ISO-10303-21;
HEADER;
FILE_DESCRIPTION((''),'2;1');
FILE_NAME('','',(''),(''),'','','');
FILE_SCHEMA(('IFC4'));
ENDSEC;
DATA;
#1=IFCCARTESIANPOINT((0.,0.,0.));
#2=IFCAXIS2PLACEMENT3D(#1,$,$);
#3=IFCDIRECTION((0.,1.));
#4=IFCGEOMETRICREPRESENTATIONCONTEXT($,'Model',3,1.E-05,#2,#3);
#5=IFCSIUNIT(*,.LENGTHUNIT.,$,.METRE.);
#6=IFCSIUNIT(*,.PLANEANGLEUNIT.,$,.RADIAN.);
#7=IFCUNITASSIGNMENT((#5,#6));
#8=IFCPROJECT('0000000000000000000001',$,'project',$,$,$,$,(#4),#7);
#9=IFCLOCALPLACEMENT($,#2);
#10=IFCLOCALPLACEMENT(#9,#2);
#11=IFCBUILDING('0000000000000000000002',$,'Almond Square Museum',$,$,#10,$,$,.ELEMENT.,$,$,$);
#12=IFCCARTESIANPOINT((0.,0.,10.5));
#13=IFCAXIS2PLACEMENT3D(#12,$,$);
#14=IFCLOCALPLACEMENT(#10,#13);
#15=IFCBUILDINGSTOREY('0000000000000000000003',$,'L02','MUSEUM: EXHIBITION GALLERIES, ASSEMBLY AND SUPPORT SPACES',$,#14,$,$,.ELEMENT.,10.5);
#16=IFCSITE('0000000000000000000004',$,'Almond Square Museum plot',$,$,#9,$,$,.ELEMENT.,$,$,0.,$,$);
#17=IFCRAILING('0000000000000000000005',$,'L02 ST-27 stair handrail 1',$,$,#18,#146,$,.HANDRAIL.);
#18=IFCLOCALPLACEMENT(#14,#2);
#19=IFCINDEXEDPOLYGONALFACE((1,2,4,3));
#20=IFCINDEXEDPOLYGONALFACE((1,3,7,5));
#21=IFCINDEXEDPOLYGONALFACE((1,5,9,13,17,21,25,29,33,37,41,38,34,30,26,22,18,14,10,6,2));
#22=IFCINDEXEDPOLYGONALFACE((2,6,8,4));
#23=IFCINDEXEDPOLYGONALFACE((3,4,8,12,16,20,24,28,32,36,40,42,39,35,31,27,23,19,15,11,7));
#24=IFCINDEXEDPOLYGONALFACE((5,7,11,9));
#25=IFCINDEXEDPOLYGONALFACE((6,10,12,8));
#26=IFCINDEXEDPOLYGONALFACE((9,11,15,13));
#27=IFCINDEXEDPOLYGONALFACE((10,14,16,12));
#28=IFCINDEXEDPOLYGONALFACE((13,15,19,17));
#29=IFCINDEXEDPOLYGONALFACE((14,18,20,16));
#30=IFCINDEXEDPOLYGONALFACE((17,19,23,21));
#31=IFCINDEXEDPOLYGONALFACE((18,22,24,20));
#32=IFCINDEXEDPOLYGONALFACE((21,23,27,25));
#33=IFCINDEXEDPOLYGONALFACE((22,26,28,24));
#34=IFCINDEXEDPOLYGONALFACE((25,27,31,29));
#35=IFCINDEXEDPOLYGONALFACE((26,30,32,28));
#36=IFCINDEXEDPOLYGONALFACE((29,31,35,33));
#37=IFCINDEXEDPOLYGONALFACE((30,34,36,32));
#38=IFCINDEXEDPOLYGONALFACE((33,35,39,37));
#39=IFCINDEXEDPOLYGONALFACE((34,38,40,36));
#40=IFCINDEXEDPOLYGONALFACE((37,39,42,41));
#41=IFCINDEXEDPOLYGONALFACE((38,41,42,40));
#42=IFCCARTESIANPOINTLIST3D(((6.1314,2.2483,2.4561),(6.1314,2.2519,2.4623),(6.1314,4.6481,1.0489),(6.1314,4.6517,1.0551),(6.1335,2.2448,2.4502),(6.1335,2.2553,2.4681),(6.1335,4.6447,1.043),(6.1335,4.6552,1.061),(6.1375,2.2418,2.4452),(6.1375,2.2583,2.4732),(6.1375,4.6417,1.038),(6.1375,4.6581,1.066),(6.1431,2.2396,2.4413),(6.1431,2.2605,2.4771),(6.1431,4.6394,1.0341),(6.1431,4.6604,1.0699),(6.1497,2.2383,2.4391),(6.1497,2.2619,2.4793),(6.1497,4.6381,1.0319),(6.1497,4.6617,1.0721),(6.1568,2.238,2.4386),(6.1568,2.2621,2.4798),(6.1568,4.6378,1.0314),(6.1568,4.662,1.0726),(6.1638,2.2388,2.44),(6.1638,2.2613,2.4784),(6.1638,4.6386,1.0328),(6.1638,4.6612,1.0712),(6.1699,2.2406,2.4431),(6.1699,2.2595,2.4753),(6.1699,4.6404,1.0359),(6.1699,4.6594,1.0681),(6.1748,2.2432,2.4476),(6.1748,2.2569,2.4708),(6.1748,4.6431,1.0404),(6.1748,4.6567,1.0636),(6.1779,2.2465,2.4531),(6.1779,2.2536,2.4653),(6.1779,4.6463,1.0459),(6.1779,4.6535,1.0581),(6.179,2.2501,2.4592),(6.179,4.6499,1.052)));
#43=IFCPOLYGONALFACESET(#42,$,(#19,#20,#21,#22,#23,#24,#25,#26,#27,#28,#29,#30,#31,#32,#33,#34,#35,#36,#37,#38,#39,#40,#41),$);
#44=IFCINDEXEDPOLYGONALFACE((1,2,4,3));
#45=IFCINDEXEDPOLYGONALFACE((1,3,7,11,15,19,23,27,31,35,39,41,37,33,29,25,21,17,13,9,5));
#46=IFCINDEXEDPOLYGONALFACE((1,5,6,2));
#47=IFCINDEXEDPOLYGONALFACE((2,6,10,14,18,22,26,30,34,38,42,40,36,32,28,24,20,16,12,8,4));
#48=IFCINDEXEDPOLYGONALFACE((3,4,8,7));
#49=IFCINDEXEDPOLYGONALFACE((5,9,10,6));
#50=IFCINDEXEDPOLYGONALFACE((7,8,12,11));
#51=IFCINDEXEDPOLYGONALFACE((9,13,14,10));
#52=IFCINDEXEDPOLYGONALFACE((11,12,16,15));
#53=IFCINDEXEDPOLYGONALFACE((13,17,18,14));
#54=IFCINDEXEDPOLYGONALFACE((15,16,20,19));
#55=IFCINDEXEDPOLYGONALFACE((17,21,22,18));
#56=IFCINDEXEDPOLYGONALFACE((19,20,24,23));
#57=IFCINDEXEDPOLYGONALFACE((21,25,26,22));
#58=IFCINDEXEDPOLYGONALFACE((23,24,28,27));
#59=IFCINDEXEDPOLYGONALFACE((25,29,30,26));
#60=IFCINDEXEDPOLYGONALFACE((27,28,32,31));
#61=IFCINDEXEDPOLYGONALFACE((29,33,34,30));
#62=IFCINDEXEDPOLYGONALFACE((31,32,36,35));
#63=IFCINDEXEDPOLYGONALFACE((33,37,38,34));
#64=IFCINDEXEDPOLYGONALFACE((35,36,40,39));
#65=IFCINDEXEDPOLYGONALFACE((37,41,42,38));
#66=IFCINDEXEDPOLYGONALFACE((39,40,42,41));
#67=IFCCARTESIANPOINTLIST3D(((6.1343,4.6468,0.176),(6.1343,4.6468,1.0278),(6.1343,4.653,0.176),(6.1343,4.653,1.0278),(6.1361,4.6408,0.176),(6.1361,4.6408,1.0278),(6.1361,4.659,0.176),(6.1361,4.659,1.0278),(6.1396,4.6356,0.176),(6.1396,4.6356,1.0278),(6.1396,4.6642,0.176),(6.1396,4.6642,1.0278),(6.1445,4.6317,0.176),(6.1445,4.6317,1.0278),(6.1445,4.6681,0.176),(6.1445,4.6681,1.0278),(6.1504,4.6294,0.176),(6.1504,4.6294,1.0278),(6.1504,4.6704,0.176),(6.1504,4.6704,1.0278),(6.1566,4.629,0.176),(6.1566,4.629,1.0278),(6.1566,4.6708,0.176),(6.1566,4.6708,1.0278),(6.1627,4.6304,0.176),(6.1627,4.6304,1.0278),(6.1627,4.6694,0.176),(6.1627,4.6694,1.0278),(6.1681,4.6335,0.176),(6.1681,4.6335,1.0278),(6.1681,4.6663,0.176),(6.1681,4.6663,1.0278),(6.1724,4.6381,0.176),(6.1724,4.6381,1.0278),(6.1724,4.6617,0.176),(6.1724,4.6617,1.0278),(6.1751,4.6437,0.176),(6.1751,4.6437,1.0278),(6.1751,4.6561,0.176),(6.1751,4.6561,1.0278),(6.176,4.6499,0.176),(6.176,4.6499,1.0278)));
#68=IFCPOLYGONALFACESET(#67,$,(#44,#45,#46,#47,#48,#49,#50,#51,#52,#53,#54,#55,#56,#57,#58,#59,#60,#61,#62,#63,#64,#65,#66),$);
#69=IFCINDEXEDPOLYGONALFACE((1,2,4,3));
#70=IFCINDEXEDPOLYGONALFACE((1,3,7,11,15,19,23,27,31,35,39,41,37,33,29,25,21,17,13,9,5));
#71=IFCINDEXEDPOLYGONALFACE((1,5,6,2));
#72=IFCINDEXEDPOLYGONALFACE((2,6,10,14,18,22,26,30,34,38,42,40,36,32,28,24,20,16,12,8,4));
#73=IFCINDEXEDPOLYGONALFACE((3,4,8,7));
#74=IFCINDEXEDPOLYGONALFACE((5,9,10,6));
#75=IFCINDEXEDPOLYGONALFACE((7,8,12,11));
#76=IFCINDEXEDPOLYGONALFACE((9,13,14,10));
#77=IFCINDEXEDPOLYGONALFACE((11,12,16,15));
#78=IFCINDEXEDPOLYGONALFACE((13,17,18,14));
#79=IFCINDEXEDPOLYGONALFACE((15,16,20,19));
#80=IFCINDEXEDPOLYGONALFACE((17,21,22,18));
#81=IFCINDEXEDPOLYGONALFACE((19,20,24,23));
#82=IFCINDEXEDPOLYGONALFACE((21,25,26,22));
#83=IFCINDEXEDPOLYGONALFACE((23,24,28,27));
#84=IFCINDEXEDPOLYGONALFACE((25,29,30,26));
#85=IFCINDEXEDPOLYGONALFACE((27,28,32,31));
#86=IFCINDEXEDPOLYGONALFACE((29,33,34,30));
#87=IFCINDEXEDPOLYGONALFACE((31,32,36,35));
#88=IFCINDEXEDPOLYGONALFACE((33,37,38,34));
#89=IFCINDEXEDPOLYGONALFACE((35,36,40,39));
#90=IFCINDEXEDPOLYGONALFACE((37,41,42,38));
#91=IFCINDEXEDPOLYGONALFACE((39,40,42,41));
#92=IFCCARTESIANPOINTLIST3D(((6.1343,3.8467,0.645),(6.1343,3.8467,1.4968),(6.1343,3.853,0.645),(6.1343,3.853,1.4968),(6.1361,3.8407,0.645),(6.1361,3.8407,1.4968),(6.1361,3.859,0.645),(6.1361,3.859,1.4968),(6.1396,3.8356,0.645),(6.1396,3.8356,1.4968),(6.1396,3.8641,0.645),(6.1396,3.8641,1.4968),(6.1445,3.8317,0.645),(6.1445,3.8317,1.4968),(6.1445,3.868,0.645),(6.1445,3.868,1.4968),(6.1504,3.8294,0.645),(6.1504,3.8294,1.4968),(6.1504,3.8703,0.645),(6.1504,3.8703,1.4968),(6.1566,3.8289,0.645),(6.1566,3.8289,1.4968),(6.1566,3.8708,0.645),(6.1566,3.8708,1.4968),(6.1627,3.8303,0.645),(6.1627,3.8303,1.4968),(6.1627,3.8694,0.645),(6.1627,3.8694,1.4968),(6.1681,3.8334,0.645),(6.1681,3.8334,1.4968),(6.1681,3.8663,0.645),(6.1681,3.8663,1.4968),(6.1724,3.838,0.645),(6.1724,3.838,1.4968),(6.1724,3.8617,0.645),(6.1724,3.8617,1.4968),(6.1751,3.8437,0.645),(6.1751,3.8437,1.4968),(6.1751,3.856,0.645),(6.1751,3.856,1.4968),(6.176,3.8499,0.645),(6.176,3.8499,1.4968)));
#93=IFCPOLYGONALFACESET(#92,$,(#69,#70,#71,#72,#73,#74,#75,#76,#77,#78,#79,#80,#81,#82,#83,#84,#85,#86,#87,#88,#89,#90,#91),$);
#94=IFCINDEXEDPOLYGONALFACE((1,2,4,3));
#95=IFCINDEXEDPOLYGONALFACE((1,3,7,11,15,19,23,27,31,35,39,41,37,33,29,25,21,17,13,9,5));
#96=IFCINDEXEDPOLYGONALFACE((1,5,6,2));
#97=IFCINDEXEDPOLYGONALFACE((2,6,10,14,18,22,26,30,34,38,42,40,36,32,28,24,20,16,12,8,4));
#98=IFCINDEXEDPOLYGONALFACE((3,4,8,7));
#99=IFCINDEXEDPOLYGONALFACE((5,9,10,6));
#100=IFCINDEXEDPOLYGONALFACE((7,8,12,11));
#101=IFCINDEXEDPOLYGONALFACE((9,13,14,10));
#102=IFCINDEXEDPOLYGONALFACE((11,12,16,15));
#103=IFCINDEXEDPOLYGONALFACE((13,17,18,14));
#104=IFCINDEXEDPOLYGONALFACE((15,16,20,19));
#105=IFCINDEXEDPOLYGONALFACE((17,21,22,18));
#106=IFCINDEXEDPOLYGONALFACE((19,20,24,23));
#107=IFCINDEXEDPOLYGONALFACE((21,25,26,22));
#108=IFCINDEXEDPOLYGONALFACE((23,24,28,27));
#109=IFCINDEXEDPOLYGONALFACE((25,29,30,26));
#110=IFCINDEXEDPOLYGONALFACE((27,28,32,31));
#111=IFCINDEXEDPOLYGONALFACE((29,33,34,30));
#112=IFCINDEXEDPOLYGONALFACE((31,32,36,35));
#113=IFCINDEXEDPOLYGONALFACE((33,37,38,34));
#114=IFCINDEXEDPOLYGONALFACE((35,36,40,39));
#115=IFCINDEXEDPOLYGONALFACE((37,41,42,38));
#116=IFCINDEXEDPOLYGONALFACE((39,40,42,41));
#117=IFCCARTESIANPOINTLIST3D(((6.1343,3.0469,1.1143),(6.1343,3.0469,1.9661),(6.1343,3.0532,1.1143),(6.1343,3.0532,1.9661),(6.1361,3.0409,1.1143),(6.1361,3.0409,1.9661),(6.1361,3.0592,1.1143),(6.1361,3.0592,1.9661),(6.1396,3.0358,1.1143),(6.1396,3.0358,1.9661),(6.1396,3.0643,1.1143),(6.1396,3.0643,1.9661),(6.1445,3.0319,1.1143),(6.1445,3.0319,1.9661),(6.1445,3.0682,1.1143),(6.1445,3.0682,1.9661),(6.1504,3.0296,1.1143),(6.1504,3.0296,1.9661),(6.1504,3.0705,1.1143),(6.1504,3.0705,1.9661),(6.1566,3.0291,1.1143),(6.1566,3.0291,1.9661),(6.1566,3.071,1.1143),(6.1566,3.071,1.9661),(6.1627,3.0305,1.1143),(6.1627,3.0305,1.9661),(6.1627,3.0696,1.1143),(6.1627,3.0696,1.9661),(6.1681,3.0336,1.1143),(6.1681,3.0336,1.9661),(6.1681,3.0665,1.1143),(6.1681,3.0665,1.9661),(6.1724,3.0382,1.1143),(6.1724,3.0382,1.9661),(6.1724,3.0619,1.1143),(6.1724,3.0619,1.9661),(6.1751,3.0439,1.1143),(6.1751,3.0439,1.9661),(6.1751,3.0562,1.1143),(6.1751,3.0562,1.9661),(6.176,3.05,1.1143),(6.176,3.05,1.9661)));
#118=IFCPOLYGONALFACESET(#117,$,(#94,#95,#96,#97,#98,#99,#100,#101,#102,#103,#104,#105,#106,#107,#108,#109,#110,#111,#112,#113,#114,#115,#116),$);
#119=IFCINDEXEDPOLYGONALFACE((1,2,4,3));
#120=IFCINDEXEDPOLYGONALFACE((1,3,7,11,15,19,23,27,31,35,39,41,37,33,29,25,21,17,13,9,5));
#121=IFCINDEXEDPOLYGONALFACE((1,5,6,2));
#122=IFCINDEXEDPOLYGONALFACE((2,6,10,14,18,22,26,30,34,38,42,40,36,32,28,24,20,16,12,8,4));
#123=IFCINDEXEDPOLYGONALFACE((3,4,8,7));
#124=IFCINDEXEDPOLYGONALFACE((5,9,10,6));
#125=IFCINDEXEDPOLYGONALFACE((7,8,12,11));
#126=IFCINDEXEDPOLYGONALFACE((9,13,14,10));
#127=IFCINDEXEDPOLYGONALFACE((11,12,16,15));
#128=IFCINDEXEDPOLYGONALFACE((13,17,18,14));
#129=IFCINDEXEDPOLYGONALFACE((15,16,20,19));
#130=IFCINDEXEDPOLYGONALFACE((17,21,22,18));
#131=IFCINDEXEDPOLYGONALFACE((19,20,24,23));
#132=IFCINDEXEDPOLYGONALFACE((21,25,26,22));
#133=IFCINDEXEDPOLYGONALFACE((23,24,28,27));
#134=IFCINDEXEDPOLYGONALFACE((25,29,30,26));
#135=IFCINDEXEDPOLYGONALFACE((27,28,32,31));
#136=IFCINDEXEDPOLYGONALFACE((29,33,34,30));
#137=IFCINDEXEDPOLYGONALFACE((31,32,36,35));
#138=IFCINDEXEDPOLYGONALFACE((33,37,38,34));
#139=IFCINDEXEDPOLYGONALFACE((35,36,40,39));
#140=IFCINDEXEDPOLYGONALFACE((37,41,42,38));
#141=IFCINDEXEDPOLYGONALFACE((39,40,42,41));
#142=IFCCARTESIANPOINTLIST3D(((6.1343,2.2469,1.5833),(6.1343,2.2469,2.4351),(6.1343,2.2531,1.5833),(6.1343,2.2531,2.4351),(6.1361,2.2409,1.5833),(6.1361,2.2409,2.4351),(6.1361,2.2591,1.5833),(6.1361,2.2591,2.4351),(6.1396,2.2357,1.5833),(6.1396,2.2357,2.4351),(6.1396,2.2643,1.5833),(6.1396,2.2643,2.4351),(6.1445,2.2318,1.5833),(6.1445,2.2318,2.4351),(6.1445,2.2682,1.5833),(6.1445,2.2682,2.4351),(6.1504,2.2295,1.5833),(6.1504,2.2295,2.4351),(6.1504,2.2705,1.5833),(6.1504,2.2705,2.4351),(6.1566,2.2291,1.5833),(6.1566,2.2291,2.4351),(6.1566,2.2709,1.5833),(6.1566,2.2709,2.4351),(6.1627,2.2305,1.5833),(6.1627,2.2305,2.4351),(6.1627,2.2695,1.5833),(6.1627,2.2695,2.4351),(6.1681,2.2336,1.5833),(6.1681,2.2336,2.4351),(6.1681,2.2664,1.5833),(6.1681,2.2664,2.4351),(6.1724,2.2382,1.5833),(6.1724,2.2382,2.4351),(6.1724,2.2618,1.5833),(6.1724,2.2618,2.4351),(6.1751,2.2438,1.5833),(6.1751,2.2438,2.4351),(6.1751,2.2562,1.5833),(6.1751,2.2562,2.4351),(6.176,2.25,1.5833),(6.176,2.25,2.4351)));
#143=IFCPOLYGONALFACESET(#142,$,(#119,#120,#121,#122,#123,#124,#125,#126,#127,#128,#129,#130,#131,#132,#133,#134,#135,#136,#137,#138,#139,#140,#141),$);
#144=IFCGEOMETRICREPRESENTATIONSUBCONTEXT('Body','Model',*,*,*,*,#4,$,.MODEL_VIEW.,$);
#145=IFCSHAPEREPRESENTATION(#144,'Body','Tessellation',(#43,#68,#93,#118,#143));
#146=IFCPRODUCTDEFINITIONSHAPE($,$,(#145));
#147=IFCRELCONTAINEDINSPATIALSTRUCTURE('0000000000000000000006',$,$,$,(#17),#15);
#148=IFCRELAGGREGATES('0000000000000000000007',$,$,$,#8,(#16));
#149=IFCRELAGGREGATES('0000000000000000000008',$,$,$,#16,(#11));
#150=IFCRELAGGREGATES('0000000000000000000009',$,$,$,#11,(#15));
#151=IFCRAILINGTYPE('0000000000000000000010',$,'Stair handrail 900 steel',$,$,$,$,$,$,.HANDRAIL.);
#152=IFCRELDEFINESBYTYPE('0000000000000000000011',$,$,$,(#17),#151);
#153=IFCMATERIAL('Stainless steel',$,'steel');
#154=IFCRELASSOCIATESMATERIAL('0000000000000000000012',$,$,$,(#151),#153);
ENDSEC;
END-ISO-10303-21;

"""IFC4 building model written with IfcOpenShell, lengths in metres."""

from ifc_helpers import new_model, si_unit, direction, frame, origin, origin_2d, place, context, subcontext, project, spatial, circle, extrude, material, type_object, element, save


model = new_model("IFC4")

# Units and contexts
model_context = context("Model", 3, precision=1e-05, world=origin(), true_north=direction((0.0, 1.0)))
body_context = subcontext(model_context, "Body", "Model", "MODEL_VIEW")
ifc_project = project(units=[si_unit("LENGTHUNIT", "METRE"), si_unit("PLANEANGLEUNIT", "RADIAN")], contexts=[model_context])

# Site, building, storey
site_placement = place(None, origin())
site = spatial("IfcSite", under=ifc_project, at=site_placement, Name="Almond Square Museum plot", CompositionType="ELEMENT", RefElevation=0.0)
building_placement = place(site_placement, origin())
building = spatial("IfcBuilding", under=site, at=building_placement, Name="Almond Square Museum", CompositionType="ELEMENT")
storey_placement = place(building_placement, frame((0.0, 0.0, 10.5)))
storey = spatial("IfcBuildingStorey", under=building, at=storey_placement, Name="L02", Description="MUSEUM: EXHIBITION GALLERIES, ASSEMBLY AND SUPPORT SPACES", CompositionType="ELEMENT", Elevation=10.5)

# Railing
ifc_material_1 = material(Name="Stainless steel", Category="steel")
railing_type_1 = type_object("IfcRailingType", Name="Stair handrail 900 steel", PredefinedType="HANDRAIL", material=ifc_material_1)
railing_1_placement = place(storey_placement, frame((6.155, 4.6499, 0.176)))
element("IfcRailing", 1, at=railing_1_placement, inside=storey, type_object=railing_type_1, Name="L02 ST-27 stair handrail 1", PredefinedType="HANDRAIL", context=body_context, shape_type="SweptSolid", body=[
    extrude(circle(Radius=0.0239, at=origin_2d()), frame((0.0, 0.0, 0.876), z_axis=(0.0, -0.862637, 0.505823), x_axis=(1.0, 0.0, 0.0)), (0.0, 0.0, 1.0), 2.782),
    extrude(circle(Radius=0.021, at=origin_2d()), origin(), (0.0, 0.0, 1.0), 0.8518),
    extrude(circle(Radius=0.021, at=origin_2d()), frame((0.0, -0.8, 0.469)), (0.0, 0.0, 1.0), 0.8518),
    extrude(circle(Radius=0.021, at=origin_2d()), frame((0.0, -1.5999, 0.9382)), (0.0, 0.0, 1.0), 0.8518),
    extrude(circle(Radius=0.021, at=origin_2d()), frame((0.0, -2.3999, 1.4072)), (0.0, 0.0, 1.0), 0.8518),
])

save(model, "model.ifc")
